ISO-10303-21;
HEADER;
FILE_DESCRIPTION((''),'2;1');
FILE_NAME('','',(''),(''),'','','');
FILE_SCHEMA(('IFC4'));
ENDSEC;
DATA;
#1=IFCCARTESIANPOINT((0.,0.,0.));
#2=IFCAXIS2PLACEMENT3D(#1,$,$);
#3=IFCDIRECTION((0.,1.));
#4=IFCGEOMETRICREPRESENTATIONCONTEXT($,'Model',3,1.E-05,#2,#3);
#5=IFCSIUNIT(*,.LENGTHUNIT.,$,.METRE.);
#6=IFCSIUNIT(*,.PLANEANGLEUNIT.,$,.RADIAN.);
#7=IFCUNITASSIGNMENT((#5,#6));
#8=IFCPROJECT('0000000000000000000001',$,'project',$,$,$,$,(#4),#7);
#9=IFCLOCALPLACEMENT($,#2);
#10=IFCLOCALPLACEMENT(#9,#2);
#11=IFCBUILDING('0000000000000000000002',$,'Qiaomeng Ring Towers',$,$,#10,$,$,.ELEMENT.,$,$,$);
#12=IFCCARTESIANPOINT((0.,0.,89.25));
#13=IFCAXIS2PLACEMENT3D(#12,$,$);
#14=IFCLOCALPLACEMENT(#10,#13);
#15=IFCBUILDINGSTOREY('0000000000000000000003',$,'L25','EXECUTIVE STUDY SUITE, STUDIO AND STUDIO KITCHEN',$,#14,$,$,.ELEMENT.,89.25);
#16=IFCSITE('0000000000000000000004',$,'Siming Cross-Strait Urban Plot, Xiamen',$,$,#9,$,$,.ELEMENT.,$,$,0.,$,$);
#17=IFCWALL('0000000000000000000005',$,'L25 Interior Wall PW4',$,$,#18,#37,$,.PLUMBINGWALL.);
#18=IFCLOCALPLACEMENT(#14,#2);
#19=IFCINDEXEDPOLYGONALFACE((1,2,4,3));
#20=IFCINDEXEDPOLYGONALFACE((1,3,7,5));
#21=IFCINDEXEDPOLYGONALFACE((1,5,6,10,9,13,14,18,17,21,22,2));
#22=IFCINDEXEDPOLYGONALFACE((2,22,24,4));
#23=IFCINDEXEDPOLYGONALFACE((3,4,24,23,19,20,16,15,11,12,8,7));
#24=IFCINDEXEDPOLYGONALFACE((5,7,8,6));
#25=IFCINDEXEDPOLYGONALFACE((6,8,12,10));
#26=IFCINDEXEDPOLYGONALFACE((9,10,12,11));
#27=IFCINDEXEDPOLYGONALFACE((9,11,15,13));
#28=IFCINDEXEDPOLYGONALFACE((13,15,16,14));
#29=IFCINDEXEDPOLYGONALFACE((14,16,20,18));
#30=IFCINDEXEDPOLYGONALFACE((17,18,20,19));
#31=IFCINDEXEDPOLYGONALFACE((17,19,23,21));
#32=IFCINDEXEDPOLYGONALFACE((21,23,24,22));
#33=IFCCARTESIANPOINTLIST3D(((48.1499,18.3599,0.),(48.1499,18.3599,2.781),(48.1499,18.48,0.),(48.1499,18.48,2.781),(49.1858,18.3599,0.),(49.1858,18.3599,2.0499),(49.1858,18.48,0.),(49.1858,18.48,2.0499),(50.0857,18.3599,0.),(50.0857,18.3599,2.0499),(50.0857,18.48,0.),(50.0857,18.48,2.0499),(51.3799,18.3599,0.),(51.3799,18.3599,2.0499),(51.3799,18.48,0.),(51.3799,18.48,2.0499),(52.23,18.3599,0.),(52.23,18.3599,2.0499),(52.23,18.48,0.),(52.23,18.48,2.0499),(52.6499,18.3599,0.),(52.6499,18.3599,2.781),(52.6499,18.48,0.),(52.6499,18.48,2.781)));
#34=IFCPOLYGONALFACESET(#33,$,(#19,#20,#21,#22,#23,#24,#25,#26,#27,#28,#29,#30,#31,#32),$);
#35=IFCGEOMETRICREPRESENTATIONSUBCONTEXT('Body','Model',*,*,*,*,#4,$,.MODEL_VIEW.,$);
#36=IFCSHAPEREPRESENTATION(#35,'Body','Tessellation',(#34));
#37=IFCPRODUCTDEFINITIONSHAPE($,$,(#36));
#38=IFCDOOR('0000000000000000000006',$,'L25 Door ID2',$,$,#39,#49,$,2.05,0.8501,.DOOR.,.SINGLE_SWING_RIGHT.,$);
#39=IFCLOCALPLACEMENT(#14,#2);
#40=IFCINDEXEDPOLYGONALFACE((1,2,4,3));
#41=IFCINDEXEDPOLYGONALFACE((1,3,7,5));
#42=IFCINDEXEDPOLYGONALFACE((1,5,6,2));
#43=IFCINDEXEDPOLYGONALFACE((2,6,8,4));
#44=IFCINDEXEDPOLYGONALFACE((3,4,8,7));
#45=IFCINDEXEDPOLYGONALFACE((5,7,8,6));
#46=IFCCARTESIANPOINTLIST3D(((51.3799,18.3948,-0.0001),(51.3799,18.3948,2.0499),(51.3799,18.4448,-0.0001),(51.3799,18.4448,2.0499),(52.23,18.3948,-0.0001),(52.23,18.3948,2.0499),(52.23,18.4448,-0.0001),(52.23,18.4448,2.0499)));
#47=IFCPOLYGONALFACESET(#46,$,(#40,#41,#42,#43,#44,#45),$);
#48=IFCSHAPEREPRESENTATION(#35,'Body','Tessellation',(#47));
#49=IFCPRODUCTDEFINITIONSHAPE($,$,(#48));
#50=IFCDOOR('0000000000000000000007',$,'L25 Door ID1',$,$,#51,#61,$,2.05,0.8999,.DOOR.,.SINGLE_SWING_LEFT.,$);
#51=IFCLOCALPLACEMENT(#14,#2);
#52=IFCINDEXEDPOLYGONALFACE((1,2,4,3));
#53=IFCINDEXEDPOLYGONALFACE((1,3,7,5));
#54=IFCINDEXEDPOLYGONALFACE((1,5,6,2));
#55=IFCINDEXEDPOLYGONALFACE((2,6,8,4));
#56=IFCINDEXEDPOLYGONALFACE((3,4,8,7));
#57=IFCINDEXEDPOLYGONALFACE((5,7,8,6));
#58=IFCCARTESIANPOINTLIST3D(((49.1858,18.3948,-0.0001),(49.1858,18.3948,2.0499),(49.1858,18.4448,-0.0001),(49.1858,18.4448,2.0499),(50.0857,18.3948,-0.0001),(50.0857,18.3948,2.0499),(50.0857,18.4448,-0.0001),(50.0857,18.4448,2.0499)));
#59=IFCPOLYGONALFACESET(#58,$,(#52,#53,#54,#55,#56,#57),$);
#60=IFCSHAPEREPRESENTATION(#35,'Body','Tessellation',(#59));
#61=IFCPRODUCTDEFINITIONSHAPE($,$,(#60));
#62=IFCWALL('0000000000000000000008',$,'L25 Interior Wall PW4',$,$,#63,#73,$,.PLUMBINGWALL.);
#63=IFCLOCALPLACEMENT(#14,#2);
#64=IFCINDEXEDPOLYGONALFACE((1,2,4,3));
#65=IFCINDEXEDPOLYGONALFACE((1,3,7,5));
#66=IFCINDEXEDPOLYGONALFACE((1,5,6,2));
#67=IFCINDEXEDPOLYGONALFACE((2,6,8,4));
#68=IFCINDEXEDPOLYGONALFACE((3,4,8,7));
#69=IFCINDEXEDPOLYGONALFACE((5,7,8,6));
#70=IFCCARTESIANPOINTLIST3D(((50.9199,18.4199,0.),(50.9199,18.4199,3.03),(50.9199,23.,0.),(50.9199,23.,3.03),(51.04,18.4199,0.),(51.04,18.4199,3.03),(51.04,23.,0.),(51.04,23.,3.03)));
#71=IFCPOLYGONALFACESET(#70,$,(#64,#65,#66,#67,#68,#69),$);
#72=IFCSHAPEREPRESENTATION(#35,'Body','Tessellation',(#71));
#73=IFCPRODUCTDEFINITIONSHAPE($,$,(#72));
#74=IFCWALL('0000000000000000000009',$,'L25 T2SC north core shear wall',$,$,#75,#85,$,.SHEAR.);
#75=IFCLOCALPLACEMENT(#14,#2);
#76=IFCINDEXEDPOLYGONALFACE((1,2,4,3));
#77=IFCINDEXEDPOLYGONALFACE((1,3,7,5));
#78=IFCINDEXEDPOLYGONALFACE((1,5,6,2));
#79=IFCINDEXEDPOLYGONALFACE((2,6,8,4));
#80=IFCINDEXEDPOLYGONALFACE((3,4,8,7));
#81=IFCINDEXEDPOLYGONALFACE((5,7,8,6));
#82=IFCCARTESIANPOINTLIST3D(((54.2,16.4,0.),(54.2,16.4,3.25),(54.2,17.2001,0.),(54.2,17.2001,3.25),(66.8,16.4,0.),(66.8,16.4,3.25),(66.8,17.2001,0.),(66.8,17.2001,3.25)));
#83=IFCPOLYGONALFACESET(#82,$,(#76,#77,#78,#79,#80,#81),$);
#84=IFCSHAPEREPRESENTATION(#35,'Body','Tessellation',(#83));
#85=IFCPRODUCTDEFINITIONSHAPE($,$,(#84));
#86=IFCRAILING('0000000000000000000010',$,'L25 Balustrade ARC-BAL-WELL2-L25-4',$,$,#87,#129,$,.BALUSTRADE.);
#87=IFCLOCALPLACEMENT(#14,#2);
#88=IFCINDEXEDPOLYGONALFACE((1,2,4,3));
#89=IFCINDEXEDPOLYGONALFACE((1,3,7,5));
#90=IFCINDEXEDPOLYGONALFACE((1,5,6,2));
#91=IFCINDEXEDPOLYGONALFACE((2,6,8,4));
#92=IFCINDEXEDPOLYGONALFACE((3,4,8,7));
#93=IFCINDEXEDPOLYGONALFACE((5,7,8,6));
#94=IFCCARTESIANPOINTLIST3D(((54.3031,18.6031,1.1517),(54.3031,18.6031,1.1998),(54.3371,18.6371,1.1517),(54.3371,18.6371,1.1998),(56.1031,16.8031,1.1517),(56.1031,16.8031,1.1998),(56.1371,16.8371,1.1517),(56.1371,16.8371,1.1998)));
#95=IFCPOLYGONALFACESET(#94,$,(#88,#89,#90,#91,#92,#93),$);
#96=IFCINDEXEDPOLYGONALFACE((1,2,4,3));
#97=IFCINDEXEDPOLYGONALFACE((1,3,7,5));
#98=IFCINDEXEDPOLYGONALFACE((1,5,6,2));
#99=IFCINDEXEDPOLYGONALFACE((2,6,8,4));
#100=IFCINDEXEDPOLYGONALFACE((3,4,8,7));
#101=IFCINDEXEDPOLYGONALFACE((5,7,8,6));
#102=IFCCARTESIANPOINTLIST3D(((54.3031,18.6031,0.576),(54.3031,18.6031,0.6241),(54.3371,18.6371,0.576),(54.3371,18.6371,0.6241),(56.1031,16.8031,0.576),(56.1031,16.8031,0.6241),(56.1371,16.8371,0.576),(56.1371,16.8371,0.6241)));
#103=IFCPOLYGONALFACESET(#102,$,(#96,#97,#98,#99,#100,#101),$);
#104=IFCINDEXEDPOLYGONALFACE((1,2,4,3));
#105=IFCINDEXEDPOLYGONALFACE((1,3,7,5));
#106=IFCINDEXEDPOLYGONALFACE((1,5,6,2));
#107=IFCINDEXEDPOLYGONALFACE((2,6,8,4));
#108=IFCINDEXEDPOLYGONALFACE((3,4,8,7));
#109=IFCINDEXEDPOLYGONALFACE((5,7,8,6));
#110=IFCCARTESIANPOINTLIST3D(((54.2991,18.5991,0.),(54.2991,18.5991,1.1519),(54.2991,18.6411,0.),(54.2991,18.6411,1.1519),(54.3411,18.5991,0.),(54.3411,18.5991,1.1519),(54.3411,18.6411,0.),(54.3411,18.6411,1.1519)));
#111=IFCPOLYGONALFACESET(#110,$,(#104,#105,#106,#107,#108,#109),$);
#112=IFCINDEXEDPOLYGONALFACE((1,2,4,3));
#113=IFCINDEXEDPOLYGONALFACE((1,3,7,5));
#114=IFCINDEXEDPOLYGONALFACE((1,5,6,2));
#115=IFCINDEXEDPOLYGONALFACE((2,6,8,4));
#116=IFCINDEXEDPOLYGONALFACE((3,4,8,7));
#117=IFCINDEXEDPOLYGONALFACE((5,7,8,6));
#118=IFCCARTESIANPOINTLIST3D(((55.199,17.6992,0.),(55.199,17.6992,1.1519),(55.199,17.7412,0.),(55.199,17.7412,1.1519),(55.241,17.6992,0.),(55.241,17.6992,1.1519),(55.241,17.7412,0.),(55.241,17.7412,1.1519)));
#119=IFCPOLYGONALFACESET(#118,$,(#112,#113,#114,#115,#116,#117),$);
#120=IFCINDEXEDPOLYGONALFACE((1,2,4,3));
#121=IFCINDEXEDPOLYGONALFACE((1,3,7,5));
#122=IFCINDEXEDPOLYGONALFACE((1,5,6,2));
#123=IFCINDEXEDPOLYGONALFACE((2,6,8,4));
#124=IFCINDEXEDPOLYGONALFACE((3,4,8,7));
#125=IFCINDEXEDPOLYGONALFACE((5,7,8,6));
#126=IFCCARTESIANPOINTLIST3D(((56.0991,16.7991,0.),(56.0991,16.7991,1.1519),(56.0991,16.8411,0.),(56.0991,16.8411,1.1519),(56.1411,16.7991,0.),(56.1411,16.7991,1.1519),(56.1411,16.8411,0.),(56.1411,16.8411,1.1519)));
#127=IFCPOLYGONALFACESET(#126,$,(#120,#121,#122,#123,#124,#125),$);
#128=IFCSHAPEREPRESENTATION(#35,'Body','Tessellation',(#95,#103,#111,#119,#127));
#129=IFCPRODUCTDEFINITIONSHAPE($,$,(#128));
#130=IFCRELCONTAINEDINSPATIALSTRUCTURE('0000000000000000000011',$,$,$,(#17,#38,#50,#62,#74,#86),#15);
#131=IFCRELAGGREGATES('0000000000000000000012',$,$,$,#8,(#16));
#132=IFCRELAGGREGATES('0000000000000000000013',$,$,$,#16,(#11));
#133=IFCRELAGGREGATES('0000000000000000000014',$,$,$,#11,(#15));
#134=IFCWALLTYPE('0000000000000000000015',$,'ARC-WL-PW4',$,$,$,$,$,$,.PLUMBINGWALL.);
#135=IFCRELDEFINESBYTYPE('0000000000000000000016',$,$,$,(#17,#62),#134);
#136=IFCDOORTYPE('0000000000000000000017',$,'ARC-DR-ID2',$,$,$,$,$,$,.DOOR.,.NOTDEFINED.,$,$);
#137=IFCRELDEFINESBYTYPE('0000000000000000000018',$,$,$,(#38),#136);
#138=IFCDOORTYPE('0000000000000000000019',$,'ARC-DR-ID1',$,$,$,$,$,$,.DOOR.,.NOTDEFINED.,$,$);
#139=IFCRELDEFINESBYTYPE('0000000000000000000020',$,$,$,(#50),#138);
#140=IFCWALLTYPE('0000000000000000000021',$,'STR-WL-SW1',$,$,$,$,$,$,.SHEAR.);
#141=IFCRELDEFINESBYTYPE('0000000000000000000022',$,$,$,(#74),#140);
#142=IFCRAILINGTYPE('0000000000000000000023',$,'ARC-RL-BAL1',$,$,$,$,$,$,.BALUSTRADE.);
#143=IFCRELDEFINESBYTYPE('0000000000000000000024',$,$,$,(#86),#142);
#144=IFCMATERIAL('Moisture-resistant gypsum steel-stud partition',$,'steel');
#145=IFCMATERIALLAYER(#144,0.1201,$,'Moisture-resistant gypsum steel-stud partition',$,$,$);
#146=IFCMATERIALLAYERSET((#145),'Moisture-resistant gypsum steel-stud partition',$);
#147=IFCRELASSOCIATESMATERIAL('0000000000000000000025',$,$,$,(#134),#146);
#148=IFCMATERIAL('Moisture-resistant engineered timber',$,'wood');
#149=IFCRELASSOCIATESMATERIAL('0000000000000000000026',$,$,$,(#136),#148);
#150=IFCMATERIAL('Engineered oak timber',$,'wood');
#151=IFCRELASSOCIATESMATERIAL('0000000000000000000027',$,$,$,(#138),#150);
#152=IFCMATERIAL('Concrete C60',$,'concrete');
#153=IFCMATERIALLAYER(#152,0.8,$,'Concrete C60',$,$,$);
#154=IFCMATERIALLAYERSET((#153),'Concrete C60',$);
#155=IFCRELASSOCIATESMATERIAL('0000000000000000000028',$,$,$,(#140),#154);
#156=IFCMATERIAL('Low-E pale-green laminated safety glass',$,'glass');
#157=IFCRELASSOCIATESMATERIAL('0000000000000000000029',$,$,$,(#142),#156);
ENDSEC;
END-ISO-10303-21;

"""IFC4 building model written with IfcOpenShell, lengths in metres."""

from ifc_helpers import new_model, si_unit, direction, frame, frame_2d, origin, origin_2d, place, context, subcontext, project, spatial, rectangle, extrude, source, transform, mapped, material, layer, layer_set, type_object, element, fill, save


model = new_model("IFC4")

# Units and contexts
model_context = context("Model", 3, precision=1e-05, world=origin(), true_north=direction((0.0, 1.0)))
body_context = subcontext(model_context, "Body", "Model", "MODEL_VIEW")
ifc_project = project(units=[si_unit("LENGTHUNIT", "METRE"), si_unit("PLANEANGLEUNIT", "RADIAN")], contexts=[model_context])

# Site, building, storey
site_placement = place(None, origin())
site = spatial("IfcSite", under=ifc_project, at=site_placement, Name="Siming Cross-Strait Urban Plot, Xiamen", CompositionType="ELEMENT", RefElevation=0.0)
building_placement = place(site_placement, origin())
building = spatial("IfcBuilding", under=site, at=building_placement, Name="Qiaomeng Ring Towers", CompositionType="ELEMENT")
storey_placement = place(building_placement, frame((0.0, 0.0, 89.25)))
storey = spatial("IfcBuildingStorey", under=building, at=storey_placement, Name="L25", Description="EXECUTIVE STUDY SUITE, STUDIO AND STUDIO KITCHEN", CompositionType="ELEMENT", Elevation=89.25)

# Wall, openings, doors
ifc_material_1 = material(Name="Moisture-resistant gypsum steel-stud partition", Category="steel")
ifc_layer_1 = layer(ifc_material_1, 0.1201, Name="Moisture-resistant gypsum steel-stud partition")
ifc_layer_set_1 = layer_set([ifc_layer_1], Name="Moisture-resistant gypsum steel-stud partition")
wall_type_1 = type_object("IfcWallType", Name="ARC-WL-PW4", PredefinedType="PLUMBINGWALL", material=ifc_layer_set_1)
wall_1_placement = place(storey_placement, frame((48.1499, 18.4199, 0.0), z_axis=(0.0, 0.0, 1.0), x_axis=(1.0, 0.0, 0.0)))
wall_1 = element("IfcWall", 1, at=wall_1_placement, inside=storey, type_object=wall_type_1, Name="L25 Interior Wall PW4", PredefinedType="PLUMBINGWALL", context=body_context, shape_type="SweptSolid", body=[
    extrude(rectangle(XDim=4.5, YDim=0.1201, at=frame_2d((2.25, 0.0))), origin(), (0.0, 0.0, 1.0), 2.781),
])
opening_1_placement = place(wall_1_placement, frame((1.0359, 0.0, 0.0)))
opening_1 = element("IfcOpeningElement", 2, at=opening_1_placement, cuts=wall_1, PredefinedType="OPENING", context=body_context, shape_type="SweptSolid", body=[
    extrude(rectangle(XDim=0.8999, YDim=2.05, at=frame_2d((0.45, 1.0249))), frame((0.0, 0.0701, 0.0), z_axis=(0.0, -1.0, 0.0), x_axis=(1.0, 0.0, 0.0)), (0.0, 0.0, 1.0), 0.1401),
])
opening_2_placement = place(wall_1_placement, frame((3.23, 0.0, 0.0)))
opening_2 = element("IfcOpeningElement", 3, at=opening_2_placement, cuts=wall_1, PredefinedType="OPENING", context=body_context, shape_type="SweptSolid", body=[
    extrude(rectangle(XDim=0.8501, YDim=2.05, at=frame_2d((0.425, 1.0249))), frame((0.0, 0.0701, 0.0), z_axis=(0.0, -1.0, 0.0), x_axis=(1.0, 0.0, 0.0)), (0.0, 0.0, 1.0), 0.1401),
])
ifc_material_2 = material(Name="Moisture-resistant engineered timber", Category="wood")
door_type_1 = type_object("IfcDoorType", Name="ARC-DR-ID2", OperationType="NOTDEFINED", PredefinedType="DOOR", material=ifc_material_2)
shared_shape_1 = source(origin(), body_context, "Body", "SweptSolid", [
    extrude(rectangle(XDim=0.8501, YDim=2.05, at=frame_2d((0.425, 1.0249))), frame((0.0, 0.0249, 0.0), z_axis=(0.0, -1.0, 0.0), x_axis=(1.0, 0.0, 0.0)), (0.0, 0.0, 1.0), 0.05),
])
door_1_placement = place(opening_2_placement, origin())
door_1 = element("IfcDoor", 4, at=door_1_placement, inside=storey, type_object=door_type_1, Name="L25 Door ID2", OperationType="SINGLE_SWING_RIGHT", OverallHeight=2.05, OverallWidth=0.8501, PredefinedType="DOOR", context=body_context, shape_type="MappedRepresentation", body=[
    mapped(shared_shape_1, transform((0.0, 0.0, 0.0), x_axis=(1.0, 0.0, 0.0), y_axis=(0.0, 1.0, 0.0), z_axis=(0.0, 0.0, 1.0), scale=1.0)),
])
fill(opening_2, door_1)
ifc_material_3 = material(Name="Engineered oak timber", Category="wood")
door_type_2 = type_object("IfcDoorType", Name="ARC-DR-ID1", OperationType="NOTDEFINED", PredefinedType="DOOR", material=ifc_material_3)
shared_shape_2 = source(origin(), body_context, "Body", "SweptSolid", [
    extrude(rectangle(XDim=0.8999, YDim=2.05, at=frame_2d((0.45, 1.0249))), frame((0.0, 0.0249, 0.0), z_axis=(0.0, -1.0, 0.0), x_axis=(1.0, 0.0, 0.0)), (0.0, 0.0, 1.0), 0.05),
])
door_2_placement = place(opening_1_placement, origin())
door_2 = element("IfcDoor", 5, at=door_2_placement, inside=storey, type_object=door_type_2, Name="L25 Door ID1", OperationType="SINGLE_SWING_LEFT", OverallHeight=2.05, OverallWidth=0.8999, PredefinedType="DOOR", context=body_context, shape_type="MappedRepresentation", body=[
    mapped(shared_shape_2, transform((0.0, 0.0, 0.0), x_axis=(1.0, 0.0, 0.0), y_axis=(0.0, 1.0, 0.0), z_axis=(0.0, 0.0, 1.0), scale=1.0)),
])
fill(opening_1, door_2)

# Walls
wall_2_placement = place(storey_placement, frame((50.98, 18.4199, 0.0), z_axis=(0.0, 0.0, 1.0), x_axis=(0.0, 1.0, 0.0)))
element("IfcWall", 6, at=wall_2_placement, inside=storey, type_object=wall_type_1, Name="L25 Interior Wall PW4", PredefinedType="PLUMBINGWALL", context=body_context, shape_type="SweptSolid", body=[
    extrude(rectangle(XDim=4.5801, YDim=0.1201, at=frame_2d((2.29, 0.0))), origin(), (0.0, 0.0, 1.0), 3.03),
])
ifc_material_4 = material(Name="Concrete C60", Category="concrete")
ifc_layer_2 = layer(ifc_material_4, 0.8, Name="Concrete C60")
ifc_layer_set_2 = layer_set([ifc_layer_2], Name="Concrete C60")
wall_type_2 = type_object("IfcWallType", Name="STR-WL-SW1", PredefinedType="SHEAR", material=ifc_layer_set_2)
wall_3_placement = place(storey_placement, frame((54.2, 16.8, 0.0), z_axis=(0.0, 0.0, 1.0), x_axis=(1.0, 0.0, 0.0)))
element("IfcWall", 7, at=wall_3_placement, inside=storey, type_object=wall_type_2, Name="L25 T2SC north core shear wall", PredefinedType="SHEAR", context=body_context, shape_type="SweptSolid", body=[
    extrude(rectangle(XDim=12.6001, YDim=0.8, at=frame_2d((6.3, 0.0))), origin(), (0.0, 0.0, 1.0), 3.25),
])

# Railing
ifc_material_5 = material(Name="Low-E pale-green laminated safety glass", Category="glass")
railing_type = type_object("IfcRailingType", Name="ARC-RL-BAL1", PredefinedType="BALUSTRADE", material=ifc_material_5)
railing_placement = place(storey_placement, frame((54.3201, 18.6201, 0.0)))
element("IfcRailing", 8, at=railing_placement, inside=storey, type_object=railing_type, Name="L25 Balustrade ARC-BAL-WELL2-L25-4", PredefinedType="BALUSTRADE", context=body_context, shape_type="SweptSolid", body=[
    extrude(rectangle(XDim=0.0481, YDim=0.0481, at=origin_2d()), frame((0.0, 0.0, 1.1758), z_axis=(0.707107, -0.707107, 0.0), x_axis=(0.707107, 0.707107, 0.0)), (0.0, 0.0, 1.0), 2.5457),
    extrude(rectangle(XDim=0.0481, YDim=0.0481, at=origin_2d()), frame((0.0, 0.0, 0.6001), z_axis=(0.707107, -0.707107, 0.0), x_axis=(0.707107, 0.707107, 0.0)), (0.0, 0.0, 1.0), 2.5457),
    extrude(rectangle(XDim=0.042, YDim=0.042, at=origin_2d()), origin(), (0.0, 0.0, 1.0), 1.1519),
    extrude(rectangle(XDim=0.042, YDim=0.042, at=origin_2d()), frame((0.8999, -0.8999, 0.0)), (0.0, 0.0, 1.0), 1.1519),
    extrude(rectangle(XDim=0.042, YDim=0.042, at=origin_2d()), frame((1.8, -1.8, 0.0)), (0.0, 0.0, 1.0), 1.1519),
])

save(model, "model.ifc")
